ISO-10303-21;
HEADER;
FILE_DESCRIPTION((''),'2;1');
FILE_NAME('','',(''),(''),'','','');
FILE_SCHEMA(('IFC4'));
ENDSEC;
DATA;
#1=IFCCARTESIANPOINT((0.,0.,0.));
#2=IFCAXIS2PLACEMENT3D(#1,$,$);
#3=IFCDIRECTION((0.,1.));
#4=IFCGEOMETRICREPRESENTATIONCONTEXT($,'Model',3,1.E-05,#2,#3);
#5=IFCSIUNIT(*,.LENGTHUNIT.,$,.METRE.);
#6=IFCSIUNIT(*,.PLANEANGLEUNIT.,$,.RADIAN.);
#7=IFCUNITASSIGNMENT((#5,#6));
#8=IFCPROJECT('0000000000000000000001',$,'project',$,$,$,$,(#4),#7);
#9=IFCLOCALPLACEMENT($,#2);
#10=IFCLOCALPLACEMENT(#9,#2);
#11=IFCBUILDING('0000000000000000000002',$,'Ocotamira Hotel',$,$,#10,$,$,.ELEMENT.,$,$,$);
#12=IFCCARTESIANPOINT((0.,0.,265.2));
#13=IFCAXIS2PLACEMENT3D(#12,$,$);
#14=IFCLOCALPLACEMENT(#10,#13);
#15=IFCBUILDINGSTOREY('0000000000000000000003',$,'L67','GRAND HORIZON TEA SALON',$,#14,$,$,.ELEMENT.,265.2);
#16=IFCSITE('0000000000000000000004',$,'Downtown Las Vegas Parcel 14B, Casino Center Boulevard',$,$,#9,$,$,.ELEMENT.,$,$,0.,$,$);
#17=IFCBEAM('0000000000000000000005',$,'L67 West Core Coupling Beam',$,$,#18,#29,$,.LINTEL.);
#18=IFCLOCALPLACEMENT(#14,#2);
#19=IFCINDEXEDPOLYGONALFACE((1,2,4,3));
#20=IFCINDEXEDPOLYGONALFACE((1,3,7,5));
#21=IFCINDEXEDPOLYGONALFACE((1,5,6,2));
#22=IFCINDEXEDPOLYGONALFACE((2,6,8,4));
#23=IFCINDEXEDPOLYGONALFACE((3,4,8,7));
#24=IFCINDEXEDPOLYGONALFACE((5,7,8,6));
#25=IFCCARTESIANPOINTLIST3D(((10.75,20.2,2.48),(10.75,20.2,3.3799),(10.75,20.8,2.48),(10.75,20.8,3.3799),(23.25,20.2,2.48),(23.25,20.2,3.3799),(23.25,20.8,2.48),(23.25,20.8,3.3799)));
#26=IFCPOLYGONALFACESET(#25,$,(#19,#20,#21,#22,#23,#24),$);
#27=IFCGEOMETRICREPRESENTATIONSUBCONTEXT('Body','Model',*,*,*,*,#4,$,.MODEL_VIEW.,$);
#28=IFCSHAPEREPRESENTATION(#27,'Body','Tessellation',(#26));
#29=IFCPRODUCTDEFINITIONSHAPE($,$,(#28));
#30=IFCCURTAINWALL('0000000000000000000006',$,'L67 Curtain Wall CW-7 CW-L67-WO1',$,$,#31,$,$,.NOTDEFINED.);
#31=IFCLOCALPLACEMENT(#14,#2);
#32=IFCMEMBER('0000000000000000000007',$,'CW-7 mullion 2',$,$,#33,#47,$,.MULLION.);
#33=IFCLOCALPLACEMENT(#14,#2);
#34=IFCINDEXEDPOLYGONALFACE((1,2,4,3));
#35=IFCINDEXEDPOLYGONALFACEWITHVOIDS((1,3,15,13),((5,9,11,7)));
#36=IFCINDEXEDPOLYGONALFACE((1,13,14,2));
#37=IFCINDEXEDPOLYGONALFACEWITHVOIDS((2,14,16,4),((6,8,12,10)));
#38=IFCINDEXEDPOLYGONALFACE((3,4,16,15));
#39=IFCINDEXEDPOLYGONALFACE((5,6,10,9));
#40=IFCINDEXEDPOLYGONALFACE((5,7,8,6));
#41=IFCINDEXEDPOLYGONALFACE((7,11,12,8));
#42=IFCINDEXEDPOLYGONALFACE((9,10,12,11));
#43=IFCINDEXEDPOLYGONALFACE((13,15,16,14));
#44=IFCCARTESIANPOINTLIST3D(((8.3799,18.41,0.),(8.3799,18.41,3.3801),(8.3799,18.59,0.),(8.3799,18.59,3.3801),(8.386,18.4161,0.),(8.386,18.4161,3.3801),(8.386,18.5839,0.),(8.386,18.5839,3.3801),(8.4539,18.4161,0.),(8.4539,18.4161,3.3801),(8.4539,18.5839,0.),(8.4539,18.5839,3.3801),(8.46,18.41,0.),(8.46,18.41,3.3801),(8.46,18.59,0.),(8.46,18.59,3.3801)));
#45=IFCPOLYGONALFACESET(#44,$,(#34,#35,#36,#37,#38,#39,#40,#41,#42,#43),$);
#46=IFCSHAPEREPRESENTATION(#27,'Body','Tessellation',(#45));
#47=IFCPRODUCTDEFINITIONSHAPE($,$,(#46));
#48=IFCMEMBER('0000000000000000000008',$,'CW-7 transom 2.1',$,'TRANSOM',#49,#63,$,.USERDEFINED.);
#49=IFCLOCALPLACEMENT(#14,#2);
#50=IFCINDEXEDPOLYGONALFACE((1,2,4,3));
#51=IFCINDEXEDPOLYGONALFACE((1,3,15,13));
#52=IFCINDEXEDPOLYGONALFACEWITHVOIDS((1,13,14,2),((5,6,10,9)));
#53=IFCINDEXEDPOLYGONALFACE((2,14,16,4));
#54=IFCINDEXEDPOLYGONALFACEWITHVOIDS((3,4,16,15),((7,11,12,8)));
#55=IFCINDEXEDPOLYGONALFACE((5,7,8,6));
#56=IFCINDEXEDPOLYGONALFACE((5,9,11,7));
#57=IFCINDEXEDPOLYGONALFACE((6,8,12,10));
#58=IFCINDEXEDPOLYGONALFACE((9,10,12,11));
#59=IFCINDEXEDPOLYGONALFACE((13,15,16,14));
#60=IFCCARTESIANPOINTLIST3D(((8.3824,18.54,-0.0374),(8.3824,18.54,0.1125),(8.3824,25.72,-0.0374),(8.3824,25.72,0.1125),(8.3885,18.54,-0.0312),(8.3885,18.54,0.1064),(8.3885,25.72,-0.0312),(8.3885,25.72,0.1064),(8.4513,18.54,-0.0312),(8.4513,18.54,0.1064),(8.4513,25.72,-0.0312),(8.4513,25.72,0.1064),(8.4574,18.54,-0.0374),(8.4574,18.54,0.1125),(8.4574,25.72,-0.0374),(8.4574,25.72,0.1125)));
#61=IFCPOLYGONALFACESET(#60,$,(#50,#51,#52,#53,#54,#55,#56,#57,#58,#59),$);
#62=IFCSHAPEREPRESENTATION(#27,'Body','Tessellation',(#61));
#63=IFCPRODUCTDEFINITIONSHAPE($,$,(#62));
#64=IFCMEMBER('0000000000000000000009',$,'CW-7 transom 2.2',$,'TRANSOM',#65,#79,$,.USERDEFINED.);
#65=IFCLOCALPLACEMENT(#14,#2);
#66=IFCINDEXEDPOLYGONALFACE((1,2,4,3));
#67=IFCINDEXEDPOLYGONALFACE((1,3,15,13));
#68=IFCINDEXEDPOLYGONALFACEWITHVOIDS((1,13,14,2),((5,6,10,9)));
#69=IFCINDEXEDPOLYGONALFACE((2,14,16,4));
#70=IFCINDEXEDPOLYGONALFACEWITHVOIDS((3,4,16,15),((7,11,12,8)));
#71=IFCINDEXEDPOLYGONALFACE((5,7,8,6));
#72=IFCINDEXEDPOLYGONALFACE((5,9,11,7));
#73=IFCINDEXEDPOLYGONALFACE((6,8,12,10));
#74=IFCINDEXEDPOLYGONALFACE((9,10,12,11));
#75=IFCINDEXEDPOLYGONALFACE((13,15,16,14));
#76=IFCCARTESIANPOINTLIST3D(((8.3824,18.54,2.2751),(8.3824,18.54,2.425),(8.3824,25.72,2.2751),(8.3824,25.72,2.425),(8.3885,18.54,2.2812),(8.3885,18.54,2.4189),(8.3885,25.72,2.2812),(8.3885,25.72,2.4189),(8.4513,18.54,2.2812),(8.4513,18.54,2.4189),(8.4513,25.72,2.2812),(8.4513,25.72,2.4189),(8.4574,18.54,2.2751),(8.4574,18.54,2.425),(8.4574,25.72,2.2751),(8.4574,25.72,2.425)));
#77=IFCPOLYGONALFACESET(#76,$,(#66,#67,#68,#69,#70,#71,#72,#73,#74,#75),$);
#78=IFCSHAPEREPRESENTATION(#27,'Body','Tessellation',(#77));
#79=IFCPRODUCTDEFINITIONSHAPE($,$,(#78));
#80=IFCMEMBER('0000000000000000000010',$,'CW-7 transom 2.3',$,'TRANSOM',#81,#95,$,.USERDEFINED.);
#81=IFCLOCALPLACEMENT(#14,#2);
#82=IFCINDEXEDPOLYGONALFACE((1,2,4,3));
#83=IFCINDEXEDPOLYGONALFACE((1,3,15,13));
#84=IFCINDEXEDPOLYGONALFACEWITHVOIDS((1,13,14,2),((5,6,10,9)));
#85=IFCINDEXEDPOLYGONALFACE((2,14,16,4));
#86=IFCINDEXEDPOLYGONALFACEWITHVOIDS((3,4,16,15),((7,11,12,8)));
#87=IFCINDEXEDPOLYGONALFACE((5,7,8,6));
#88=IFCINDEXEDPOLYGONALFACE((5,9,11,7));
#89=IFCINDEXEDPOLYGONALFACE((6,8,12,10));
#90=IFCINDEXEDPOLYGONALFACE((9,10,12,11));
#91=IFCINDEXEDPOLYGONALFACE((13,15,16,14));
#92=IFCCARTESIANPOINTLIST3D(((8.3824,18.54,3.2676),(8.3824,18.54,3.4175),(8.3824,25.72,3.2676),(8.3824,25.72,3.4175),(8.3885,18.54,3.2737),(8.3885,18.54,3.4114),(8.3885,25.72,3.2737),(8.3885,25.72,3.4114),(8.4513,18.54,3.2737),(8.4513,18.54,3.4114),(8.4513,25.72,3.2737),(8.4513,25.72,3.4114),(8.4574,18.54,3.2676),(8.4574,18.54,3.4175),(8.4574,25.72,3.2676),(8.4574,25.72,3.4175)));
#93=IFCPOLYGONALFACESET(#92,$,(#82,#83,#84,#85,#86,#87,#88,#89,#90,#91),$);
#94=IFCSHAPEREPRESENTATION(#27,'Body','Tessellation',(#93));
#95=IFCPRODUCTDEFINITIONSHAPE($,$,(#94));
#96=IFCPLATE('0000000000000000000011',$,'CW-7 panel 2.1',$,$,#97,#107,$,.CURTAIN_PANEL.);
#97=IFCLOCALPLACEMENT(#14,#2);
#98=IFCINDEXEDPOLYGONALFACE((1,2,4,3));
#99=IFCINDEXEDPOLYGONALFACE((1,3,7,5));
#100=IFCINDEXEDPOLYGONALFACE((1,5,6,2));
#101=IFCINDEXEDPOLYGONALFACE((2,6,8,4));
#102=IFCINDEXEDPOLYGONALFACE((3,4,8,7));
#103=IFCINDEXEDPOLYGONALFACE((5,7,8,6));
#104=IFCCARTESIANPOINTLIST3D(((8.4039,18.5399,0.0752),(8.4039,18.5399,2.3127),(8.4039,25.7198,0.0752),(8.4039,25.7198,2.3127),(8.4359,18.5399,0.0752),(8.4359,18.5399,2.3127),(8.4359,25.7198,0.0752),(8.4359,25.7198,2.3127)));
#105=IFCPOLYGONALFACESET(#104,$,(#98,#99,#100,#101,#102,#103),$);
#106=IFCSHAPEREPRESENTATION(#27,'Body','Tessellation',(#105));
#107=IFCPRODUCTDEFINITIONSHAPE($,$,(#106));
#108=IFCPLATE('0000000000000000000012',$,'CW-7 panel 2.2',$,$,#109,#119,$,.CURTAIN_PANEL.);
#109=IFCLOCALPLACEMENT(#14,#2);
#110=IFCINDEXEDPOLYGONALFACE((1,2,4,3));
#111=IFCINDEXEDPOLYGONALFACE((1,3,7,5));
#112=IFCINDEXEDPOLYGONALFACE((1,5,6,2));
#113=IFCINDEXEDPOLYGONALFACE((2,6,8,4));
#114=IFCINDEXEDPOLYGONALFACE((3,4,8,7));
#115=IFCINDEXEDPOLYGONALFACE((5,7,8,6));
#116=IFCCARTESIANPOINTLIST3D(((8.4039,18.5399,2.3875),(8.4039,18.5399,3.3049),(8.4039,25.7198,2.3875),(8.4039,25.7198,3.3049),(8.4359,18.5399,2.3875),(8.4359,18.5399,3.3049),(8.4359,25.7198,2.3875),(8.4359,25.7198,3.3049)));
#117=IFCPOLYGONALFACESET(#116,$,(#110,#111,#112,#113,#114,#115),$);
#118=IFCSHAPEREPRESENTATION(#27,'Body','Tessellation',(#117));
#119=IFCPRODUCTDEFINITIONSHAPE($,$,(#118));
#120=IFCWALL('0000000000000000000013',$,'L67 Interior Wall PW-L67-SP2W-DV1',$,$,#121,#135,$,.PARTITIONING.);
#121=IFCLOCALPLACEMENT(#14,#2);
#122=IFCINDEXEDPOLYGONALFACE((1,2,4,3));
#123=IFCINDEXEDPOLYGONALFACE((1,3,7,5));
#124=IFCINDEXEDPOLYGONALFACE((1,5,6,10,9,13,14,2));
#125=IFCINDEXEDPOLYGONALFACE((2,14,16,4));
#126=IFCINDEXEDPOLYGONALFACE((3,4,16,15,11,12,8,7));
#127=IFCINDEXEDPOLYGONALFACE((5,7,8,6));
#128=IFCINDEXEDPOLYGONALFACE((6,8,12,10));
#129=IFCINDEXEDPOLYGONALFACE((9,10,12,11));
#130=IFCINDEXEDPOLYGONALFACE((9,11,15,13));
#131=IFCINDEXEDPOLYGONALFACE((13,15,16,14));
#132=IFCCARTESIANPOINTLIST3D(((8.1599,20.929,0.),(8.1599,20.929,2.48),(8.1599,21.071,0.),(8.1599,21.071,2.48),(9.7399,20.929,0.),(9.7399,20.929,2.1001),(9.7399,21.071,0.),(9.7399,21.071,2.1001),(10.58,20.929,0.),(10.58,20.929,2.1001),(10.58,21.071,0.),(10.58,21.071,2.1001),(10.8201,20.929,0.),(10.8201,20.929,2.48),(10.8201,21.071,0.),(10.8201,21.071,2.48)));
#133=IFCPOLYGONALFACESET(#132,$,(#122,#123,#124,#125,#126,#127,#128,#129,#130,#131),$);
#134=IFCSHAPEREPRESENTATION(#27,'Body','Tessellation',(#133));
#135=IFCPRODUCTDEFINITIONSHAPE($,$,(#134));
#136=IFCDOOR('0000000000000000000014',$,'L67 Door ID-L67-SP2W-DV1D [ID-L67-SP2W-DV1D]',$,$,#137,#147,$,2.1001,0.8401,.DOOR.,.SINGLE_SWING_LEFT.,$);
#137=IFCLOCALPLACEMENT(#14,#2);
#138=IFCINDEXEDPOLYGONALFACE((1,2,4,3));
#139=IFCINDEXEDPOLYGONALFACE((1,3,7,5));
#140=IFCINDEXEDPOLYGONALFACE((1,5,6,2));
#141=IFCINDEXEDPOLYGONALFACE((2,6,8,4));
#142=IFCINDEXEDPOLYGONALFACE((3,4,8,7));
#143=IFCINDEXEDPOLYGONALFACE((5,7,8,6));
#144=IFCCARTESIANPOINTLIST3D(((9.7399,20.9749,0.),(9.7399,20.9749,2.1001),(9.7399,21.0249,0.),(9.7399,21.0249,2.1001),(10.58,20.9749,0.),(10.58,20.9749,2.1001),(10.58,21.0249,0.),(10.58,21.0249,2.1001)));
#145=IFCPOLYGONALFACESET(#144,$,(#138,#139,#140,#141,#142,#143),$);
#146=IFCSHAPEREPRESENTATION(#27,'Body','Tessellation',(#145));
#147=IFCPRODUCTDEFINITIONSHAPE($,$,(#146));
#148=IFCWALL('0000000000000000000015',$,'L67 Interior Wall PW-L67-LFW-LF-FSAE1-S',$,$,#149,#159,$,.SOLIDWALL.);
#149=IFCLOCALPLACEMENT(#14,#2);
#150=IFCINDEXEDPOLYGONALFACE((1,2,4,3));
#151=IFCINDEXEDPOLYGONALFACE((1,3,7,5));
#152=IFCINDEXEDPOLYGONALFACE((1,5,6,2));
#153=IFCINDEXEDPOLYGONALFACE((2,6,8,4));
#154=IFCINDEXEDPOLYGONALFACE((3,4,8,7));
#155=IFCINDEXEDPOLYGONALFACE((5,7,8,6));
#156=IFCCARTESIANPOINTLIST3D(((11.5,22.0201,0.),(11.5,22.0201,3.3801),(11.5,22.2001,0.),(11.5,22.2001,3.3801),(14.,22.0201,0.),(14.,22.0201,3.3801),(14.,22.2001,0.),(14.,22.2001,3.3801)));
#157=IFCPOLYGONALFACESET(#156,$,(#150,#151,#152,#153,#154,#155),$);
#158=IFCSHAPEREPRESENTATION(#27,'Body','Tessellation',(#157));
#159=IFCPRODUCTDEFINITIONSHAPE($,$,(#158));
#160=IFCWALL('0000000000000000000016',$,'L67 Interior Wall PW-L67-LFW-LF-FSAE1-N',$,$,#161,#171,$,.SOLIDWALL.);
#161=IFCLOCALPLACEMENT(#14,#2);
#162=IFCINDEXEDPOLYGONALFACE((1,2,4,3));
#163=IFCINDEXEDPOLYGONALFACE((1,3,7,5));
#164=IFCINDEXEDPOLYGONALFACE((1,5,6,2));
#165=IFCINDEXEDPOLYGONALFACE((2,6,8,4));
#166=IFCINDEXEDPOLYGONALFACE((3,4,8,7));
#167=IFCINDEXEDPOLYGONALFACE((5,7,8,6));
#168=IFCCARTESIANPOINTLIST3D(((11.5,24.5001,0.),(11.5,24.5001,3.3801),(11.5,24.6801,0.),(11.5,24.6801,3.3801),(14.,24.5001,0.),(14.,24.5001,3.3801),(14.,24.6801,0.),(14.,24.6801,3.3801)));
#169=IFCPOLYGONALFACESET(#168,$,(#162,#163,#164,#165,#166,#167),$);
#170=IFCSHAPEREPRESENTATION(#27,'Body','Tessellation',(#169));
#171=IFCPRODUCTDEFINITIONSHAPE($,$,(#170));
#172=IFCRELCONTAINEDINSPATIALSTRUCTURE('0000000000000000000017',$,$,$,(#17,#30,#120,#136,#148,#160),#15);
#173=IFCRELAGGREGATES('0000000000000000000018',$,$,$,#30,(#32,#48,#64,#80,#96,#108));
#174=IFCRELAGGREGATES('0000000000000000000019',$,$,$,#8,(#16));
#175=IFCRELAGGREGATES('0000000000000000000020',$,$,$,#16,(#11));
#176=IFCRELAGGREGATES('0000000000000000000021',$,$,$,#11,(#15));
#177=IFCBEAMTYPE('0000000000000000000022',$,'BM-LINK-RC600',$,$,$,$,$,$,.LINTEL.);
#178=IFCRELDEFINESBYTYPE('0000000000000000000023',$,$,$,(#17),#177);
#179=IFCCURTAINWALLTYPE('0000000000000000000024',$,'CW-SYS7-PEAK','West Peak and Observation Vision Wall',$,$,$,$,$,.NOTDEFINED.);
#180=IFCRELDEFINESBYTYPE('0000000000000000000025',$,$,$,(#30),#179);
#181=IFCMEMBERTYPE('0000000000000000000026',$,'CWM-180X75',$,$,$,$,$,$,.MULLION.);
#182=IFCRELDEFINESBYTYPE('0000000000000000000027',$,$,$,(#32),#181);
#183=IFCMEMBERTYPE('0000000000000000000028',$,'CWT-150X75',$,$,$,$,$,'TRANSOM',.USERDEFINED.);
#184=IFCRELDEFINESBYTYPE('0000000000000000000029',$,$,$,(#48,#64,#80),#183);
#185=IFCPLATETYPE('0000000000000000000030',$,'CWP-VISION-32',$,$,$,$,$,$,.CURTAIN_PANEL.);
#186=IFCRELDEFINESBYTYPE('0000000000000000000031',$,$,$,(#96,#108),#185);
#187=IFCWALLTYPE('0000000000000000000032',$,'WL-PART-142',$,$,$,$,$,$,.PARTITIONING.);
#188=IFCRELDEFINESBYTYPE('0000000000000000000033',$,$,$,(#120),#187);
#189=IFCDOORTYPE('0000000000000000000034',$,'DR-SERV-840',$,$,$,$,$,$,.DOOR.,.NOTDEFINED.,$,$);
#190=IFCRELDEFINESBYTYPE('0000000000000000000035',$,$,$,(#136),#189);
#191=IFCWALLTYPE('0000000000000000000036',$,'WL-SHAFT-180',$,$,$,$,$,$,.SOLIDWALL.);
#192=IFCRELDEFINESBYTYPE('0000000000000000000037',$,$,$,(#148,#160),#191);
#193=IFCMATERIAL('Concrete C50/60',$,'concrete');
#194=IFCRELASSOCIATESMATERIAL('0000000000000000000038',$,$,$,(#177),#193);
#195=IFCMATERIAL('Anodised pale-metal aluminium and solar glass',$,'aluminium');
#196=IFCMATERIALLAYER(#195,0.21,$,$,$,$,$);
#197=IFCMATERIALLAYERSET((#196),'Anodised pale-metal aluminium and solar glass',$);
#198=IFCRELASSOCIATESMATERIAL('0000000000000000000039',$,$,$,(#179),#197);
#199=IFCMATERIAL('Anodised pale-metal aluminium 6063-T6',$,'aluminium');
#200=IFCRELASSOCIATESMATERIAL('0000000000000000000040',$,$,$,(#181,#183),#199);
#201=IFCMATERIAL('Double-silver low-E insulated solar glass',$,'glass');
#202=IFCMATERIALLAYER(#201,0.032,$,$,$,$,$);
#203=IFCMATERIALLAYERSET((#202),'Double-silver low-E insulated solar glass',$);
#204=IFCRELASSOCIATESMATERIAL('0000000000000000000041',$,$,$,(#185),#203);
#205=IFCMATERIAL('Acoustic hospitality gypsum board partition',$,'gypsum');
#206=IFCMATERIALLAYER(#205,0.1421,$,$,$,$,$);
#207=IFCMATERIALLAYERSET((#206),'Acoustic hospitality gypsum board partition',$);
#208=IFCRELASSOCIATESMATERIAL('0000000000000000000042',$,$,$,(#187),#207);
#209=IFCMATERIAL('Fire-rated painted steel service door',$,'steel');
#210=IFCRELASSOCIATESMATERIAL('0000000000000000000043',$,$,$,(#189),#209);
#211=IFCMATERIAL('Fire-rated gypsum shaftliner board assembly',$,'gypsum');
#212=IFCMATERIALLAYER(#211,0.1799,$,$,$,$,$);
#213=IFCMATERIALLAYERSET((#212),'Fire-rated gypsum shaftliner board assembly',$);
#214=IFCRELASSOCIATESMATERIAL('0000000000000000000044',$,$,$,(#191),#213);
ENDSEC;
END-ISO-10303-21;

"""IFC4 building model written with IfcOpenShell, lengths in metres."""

from ifc_helpers import new_model, si_unit, direction, frame, frame_2d, origin, origin_2d, place, context, subcontext, project, spatial, rectangle, hollow_rectangle, extrude, source, transform, mapped, material, layer, layer_set, material_profile, profile_set, type_object, element, fill, aggregate, save


model = new_model("IFC4")

# Units and contexts
model_context = context("Model", 3, precision=1e-05, world=origin(), true_north=direction((0.0, 1.0)))
body_context = subcontext(model_context, "Body", "Model", "MODEL_VIEW")
ifc_project = project(units=[si_unit("LENGTHUNIT", "METRE"), si_unit("PLANEANGLEUNIT", "RADIAN")], contexts=[model_context])

# Site, building, storey
site_placement = place(None, origin())
site = spatial("IfcSite", under=ifc_project, at=site_placement, Name="Downtown Las Vegas Parcel 14B, Casino Center Boulevard", CompositionType="ELEMENT", RefElevation=0.0)
building_placement = place(site_placement, origin())
building = spatial("IfcBuilding", under=site, at=building_placement, Name="Ocotamira Hotel", CompositionType="ELEMENT")
storey_placement = place(building_placement, frame((0.0, 0.0, 265.2)))
storey = spatial("IfcBuildingStorey", under=building, at=storey_placement, Name="L67", Description="GRAND HORIZON TEA SALON", CompositionType="ELEMENT", Elevation=265.2)

# Beam
ifc_material_1 = material(Name="Concrete C50/60", Category="concrete")
ifc_material_profile_1 = material_profile(ifc_material_1, rectangle(XDim=0.6001, YDim=0.8999, at=origin_2d()), Name="RC600X900")
ifc_profile_set_1 = profile_set([ifc_material_profile_1], Name="Concrete C50/60")
beam_type = type_object("IfcBeamType", Name="BM-LINK-RC600", PredefinedType="LINTEL", material=ifc_profile_set_1)
shared_shape_1 = source(origin(), body_context, "Body", "SweptSolid", [
    extrude(rectangle(XDim=0.6001, YDim=0.8999, at=origin_2d()), origin(), (0.0, 0.0, 1.0), 12.5),
])
beam_placement = place(storey_placement, frame((10.75, 20.5, 2.9299), z_axis=(1.0, 0.0, 0.0), x_axis=(0.0, 1.0, 0.0)))
element("IfcBeam", 1, at=beam_placement, inside=storey, type_object=beam_type, Name="L67 West Core Coupling Beam", PredefinedType="LINTEL", context=body_context, shape_type="MappedRepresentation", body=[
    mapped(shared_shape_1, transform((0.0, 0.0, 0.0), scale=1.0)),
])

# Curtain wall, members, plates
ifc_material_2 = material(Name="Anodised pale-metal aluminium and solar glass", Category="aluminium")
ifc_layer_1 = layer(ifc_material_2, 0.21)
ifc_layer_set_1 = layer_set([ifc_layer_1], Name="Anodised pale-metal aluminium and solar glass")
curtain_wall_type = type_object("IfcCurtainWallType", Name="CW-SYS7-PEAK", Description="West Peak and Observation Vision Wall", PredefinedType="NOTDEFINED", material=ifc_layer_set_1)
curtain_wall_placement = place(storey_placement, origin())
curtain_wall = element("IfcCurtainWall", 2, at=curtain_wall_placement, inside=storey, type_object=curtain_wall_type, Name="L67 Curtain Wall CW-7 CW-L67-WO1", PredefinedType="NOTDEFINED")
ifc_material_3 = material(Name="Anodised pale-metal aluminium 6063-T6", Category="aluminium")
ifc_material_profile_2 = material_profile(ifc_material_3, hollow_rectangle(XDim=0.0801, YDim=0.1799, WallThickness=0.0061, at=origin_2d()), Name="HSS180X80X6")
ifc_profile_set_2 = profile_set([ifc_material_profile_2], Name="Anodised pale-metal aluminium 6063-T6")
member_type_1 = type_object("IfcMemberType", Name="CWM-180X75", PredefinedType="MULLION", material=ifc_profile_set_2)
shared_shape_2 = source(origin(), body_context, "Body", "SweptSolid", [
    extrude(hollow_rectangle(XDim=0.0801, YDim=0.1799, WallThickness=0.0061, at=origin_2d()), origin(), (0.0, 0.0, 1.0), 3.3801),
])
member_1_placement = place(storey_placement, frame((8.4199, 18.5, 0.0), z_axis=(0.0, 0.0, 1.0), x_axis=(-1.0, 0.0, 0.0)))
member_1 = element("IfcMember", 3, at=member_1_placement, type_object=member_type_1, Name="CW-7 mullion 2", PredefinedType="MULLION", context=body_context, shape_type="MappedRepresentation", body=[
    mapped(shared_shape_2, transform((0.0, 0.0, 0.0), scale=1.0)),
])
ifc_material_profile_3 = material_profile(ifc_material_3, hollow_rectangle(XDim=0.075, YDim=0.1499, WallThickness=0.0061, at=origin_2d()), Name="HSS150X75X6")
ifc_profile_set_3 = profile_set([ifc_material_profile_3], Name="Anodised pale-metal aluminium 6063-T6")
member_type_2 = type_object("IfcMemberType", Name="CWT-150X75", ElementType="TRANSOM", PredefinedType="USERDEFINED", material=ifc_profile_set_3)
shared_shape_3 = source(origin(), body_context, "Body", "SweptSolid", [
    extrude(hollow_rectangle(XDim=0.075, YDim=0.1499, WallThickness=0.0061, at=origin_2d()), origin(), (0.0, 0.0, 1.0), 7.1799),
])
member_2_placement = place(storey_placement, frame((8.4199, 18.54, 0.0376), z_axis=(0.0, 1.0, 0.0), x_axis=(-1.0, 0.0, 0.0)))
member_2 = element("IfcMember", 4, at=member_2_placement, type_object=member_type_2, Name="CW-7 transom 2.1", ObjectType="TRANSOM", PredefinedType="USERDEFINED", context=body_context, shape_type="MappedRepresentation", body=[
    mapped(shared_shape_3, transform((0.0, 0.0, 0.0), scale=1.0)),
])
member_3_placement = place(storey_placement, frame((8.4199, 18.54, 2.3501), z_axis=(0.0, 1.0, 0.0), x_axis=(-1.0, 0.0, 0.0)))
member_3 = element("IfcMember", 5, at=member_3_placement, type_object=member_type_2, Name="CW-7 transom 2.2", ObjectType="TRANSOM", PredefinedType="USERDEFINED", context=body_context, shape_type="MappedRepresentation", body=[
    mapped(shared_shape_3, transform((0.0, 0.0, 0.0), scale=1.0)),
])
member_4_placement = place(storey_placement, frame((8.4199, 18.54, 3.3425), z_axis=(0.0, 1.0, 0.0), x_axis=(-1.0, 0.0, 0.0)))
member_4 = element("IfcMember", 6, at=member_4_placement, type_object=member_type_2, Name="CW-7 transom 2.3", ObjectType="TRANSOM", PredefinedType="USERDEFINED", context=body_context, shape_type="MappedRepresentation", body=[
    mapped(shared_shape_3, transform((0.0, 0.0, 0.0), scale=1.0)),
])
ifc_material_4 = material(Name="Double-silver low-E insulated solar glass", Category="glass")
ifc_layer_2 = layer(ifc_material_4, 0.032)
ifc_layer_set_2 = layer_set([ifc_layer_2], Name="Double-silver low-E insulated solar glass")
plate_type = type_object("IfcPlateType", Name="CWP-VISION-32", PredefinedType="CURTAIN_PANEL", material=ifc_layer_set_2)
shared_shape_4 = source(origin(), body_context, "Body", "SweptSolid", [
    extrude(rectangle(XDim=7.1799, YDim=0.032, at=origin_2d()), origin(), (0.0, 0.0, 1.0), 2.2375),
])
plate_1_placement = place(storey_placement, frame((8.4199, 22.1299, 0.0752), z_axis=(0.0, 0.0, 1.0), x_axis=(0.0, 1.0, 0.0)))
plate_1 = element("IfcPlate", 7, at=plate_1_placement, type_object=plate_type, Name="CW-7 panel 2.1", PredefinedType="CURTAIN_PANEL", context=body_context, shape_type="MappedRepresentation", body=[
    mapped(shared_shape_4, transform((0.0, 0.0, 0.0), scale=1.0)),
])
shared_shape_5 = source(origin(), body_context, "Body", "SweptSolid", [
    extrude(rectangle(XDim=7.1799, YDim=0.032, at=origin_2d()), origin(), (0.0, 0.0, 1.0), 0.9175),
])
plate_2_placement = place(storey_placement, frame((8.4199, 22.1299, 2.3875), z_axis=(0.0, 0.0, 1.0), x_axis=(0.0, 1.0, 0.0)))
plate_2 = element("IfcPlate", 8, at=plate_2_placement, type_object=plate_type, Name="CW-7 panel 2.2", PredefinedType="CURTAIN_PANEL", context=body_context, shape_type="MappedRepresentation", body=[
    mapped(shared_shape_5, transform((0.0, 0.0, 0.0), scale=1.0)),
])
aggregate(curtain_wall, [member_1, member_2, member_3, member_4, plate_1, plate_2])

# Wall, opening, door
ifc_material_5 = material(Name="Acoustic hospitality gypsum board partition", Category="gypsum")
ifc_layer_3 = layer(ifc_material_5, 0.1421)
ifc_layer_set_3 = layer_set([ifc_layer_3], Name="Acoustic hospitality gypsum board partition")
wall_type_1 = type_object("IfcWallType", Name="WL-PART-142", PredefinedType="PARTITIONING", material=ifc_layer_set_3)
wall_1_placement = place(storey_placement, frame((8.1599, 21.0, 0.0), z_axis=(0.0, 0.0, 1.0), x_axis=(1.0, 0.0, 0.0)))
wall_1 = element("IfcWall", 9, at=wall_1_placement, inside=storey, type_object=wall_type_1, Name="L67 Interior Wall PW-L67-SP2W-DV1", PredefinedType="PARTITIONING", context=body_context, shape_type="SweptSolid", body=[
    extrude(rectangle(XDim=2.6602, YDim=0.1421, at=frame_2d((1.3301, 0.0))), origin(), (0.0, 0.0, 1.0), 2.48),
])
opening_1_placement = place(wall_1_placement, frame((1.5801, 0.0, 0.0)))
opening_1 = element("IfcOpeningElement", 10, at=opening_1_placement, cuts=wall_1, PredefinedType="OPENING", context=body_context, shape_type="SweptSolid", body=[
    extrude(rectangle(XDim=0.8401, YDim=2.1001, at=frame_2d((0.4199, 1.05))), frame((0.0, 0.0811, 0.0), z_axis=(0.0, -1.0, 0.0), x_axis=(1.0, 0.0, 0.0)), (0.0, 0.0, 1.0), 0.1621),
])
ifc_material_6 = material(Name="Fire-rated painted steel service door", Category="steel")
door_type_1 = type_object("IfcDoorType", Name="DR-SERV-840", OperationType="NOTDEFINED", PredefinedType="DOOR", material=ifc_material_6)
shared_shape_6 = source(origin(), body_context, "Body", "SweptSolid", [
    extrude(rectangle(XDim=0.8401, YDim=2.1001, at=frame_2d((0.4199, 1.05))), frame((0.0, 0.0249, 0.0), z_axis=(0.0, -1.0, 0.0), x_axis=(1.0, 0.0, 0.0)), (0.0, 0.0, 1.0), 0.05),
])
door_1_placement = place(opening_1_placement, origin())
door_1 = element("IfcDoor", 11, at=door_1_placement, inside=storey, type_object=door_type_1, Name="L67 Door ID-L67-SP2W-DV1D [ID-L67-SP2W-DV1D]", OperationType="SINGLE_SWING_LEFT", OverallHeight=2.1001, OverallWidth=0.8401, PredefinedType="DOOR", context=body_context, shape_type="MappedRepresentation", body=[
    mapped(shared_shape_6, transform((0.0, 0.0, 0.0), scale=1.0)),
])
fill(opening_1, door_1)

# Walls
ifc_material_7 = material(Name="Fire-rated gypsum shaftliner board assembly", Category="gypsum")
ifc_layer_4 = layer(ifc_material_7, 0.1799)
ifc_layer_set_4 = layer_set([ifc_layer_4], Name="Fire-rated gypsum shaftliner board assembly")
wall_type_2 = type_object("IfcWallType", Name="WL-SHAFT-180", PredefinedType="SOLIDWALL", material=ifc_layer_set_4)
for number, where, z_axis, x_axis, name in (
    (12, (11.5, 22.1101, 0.0), (0.0, 0.0, 1.0), (1.0, 0.0, 0.0), "L67 Interior Wall PW-L67-LFW-LF-FSAE1-S"),
    (13, (11.5, 24.5901, 0.0), (0.0, 0.0, 1.0), (1.0, 0.0, 0.0), "L67 Interior Wall PW-L67-LFW-LF-FSAE1-N"),
):
    element("IfcWall", number, at=place(storey_placement, frame(where, z_axis=z_axis, x_axis=x_axis)), inside=storey, type_object=wall_type_2, Name=name, PredefinedType="SOLIDWALL", context=body_context, shape_type="SweptSolid", body=[
        extrude(rectangle(XDim=2.5, YDim=0.1799, at=frame_2d((1.25, 0.0))), origin(), (0.0, 0.0, 1.0), 3.3801),
    ])

save(model, "model.ifc")
